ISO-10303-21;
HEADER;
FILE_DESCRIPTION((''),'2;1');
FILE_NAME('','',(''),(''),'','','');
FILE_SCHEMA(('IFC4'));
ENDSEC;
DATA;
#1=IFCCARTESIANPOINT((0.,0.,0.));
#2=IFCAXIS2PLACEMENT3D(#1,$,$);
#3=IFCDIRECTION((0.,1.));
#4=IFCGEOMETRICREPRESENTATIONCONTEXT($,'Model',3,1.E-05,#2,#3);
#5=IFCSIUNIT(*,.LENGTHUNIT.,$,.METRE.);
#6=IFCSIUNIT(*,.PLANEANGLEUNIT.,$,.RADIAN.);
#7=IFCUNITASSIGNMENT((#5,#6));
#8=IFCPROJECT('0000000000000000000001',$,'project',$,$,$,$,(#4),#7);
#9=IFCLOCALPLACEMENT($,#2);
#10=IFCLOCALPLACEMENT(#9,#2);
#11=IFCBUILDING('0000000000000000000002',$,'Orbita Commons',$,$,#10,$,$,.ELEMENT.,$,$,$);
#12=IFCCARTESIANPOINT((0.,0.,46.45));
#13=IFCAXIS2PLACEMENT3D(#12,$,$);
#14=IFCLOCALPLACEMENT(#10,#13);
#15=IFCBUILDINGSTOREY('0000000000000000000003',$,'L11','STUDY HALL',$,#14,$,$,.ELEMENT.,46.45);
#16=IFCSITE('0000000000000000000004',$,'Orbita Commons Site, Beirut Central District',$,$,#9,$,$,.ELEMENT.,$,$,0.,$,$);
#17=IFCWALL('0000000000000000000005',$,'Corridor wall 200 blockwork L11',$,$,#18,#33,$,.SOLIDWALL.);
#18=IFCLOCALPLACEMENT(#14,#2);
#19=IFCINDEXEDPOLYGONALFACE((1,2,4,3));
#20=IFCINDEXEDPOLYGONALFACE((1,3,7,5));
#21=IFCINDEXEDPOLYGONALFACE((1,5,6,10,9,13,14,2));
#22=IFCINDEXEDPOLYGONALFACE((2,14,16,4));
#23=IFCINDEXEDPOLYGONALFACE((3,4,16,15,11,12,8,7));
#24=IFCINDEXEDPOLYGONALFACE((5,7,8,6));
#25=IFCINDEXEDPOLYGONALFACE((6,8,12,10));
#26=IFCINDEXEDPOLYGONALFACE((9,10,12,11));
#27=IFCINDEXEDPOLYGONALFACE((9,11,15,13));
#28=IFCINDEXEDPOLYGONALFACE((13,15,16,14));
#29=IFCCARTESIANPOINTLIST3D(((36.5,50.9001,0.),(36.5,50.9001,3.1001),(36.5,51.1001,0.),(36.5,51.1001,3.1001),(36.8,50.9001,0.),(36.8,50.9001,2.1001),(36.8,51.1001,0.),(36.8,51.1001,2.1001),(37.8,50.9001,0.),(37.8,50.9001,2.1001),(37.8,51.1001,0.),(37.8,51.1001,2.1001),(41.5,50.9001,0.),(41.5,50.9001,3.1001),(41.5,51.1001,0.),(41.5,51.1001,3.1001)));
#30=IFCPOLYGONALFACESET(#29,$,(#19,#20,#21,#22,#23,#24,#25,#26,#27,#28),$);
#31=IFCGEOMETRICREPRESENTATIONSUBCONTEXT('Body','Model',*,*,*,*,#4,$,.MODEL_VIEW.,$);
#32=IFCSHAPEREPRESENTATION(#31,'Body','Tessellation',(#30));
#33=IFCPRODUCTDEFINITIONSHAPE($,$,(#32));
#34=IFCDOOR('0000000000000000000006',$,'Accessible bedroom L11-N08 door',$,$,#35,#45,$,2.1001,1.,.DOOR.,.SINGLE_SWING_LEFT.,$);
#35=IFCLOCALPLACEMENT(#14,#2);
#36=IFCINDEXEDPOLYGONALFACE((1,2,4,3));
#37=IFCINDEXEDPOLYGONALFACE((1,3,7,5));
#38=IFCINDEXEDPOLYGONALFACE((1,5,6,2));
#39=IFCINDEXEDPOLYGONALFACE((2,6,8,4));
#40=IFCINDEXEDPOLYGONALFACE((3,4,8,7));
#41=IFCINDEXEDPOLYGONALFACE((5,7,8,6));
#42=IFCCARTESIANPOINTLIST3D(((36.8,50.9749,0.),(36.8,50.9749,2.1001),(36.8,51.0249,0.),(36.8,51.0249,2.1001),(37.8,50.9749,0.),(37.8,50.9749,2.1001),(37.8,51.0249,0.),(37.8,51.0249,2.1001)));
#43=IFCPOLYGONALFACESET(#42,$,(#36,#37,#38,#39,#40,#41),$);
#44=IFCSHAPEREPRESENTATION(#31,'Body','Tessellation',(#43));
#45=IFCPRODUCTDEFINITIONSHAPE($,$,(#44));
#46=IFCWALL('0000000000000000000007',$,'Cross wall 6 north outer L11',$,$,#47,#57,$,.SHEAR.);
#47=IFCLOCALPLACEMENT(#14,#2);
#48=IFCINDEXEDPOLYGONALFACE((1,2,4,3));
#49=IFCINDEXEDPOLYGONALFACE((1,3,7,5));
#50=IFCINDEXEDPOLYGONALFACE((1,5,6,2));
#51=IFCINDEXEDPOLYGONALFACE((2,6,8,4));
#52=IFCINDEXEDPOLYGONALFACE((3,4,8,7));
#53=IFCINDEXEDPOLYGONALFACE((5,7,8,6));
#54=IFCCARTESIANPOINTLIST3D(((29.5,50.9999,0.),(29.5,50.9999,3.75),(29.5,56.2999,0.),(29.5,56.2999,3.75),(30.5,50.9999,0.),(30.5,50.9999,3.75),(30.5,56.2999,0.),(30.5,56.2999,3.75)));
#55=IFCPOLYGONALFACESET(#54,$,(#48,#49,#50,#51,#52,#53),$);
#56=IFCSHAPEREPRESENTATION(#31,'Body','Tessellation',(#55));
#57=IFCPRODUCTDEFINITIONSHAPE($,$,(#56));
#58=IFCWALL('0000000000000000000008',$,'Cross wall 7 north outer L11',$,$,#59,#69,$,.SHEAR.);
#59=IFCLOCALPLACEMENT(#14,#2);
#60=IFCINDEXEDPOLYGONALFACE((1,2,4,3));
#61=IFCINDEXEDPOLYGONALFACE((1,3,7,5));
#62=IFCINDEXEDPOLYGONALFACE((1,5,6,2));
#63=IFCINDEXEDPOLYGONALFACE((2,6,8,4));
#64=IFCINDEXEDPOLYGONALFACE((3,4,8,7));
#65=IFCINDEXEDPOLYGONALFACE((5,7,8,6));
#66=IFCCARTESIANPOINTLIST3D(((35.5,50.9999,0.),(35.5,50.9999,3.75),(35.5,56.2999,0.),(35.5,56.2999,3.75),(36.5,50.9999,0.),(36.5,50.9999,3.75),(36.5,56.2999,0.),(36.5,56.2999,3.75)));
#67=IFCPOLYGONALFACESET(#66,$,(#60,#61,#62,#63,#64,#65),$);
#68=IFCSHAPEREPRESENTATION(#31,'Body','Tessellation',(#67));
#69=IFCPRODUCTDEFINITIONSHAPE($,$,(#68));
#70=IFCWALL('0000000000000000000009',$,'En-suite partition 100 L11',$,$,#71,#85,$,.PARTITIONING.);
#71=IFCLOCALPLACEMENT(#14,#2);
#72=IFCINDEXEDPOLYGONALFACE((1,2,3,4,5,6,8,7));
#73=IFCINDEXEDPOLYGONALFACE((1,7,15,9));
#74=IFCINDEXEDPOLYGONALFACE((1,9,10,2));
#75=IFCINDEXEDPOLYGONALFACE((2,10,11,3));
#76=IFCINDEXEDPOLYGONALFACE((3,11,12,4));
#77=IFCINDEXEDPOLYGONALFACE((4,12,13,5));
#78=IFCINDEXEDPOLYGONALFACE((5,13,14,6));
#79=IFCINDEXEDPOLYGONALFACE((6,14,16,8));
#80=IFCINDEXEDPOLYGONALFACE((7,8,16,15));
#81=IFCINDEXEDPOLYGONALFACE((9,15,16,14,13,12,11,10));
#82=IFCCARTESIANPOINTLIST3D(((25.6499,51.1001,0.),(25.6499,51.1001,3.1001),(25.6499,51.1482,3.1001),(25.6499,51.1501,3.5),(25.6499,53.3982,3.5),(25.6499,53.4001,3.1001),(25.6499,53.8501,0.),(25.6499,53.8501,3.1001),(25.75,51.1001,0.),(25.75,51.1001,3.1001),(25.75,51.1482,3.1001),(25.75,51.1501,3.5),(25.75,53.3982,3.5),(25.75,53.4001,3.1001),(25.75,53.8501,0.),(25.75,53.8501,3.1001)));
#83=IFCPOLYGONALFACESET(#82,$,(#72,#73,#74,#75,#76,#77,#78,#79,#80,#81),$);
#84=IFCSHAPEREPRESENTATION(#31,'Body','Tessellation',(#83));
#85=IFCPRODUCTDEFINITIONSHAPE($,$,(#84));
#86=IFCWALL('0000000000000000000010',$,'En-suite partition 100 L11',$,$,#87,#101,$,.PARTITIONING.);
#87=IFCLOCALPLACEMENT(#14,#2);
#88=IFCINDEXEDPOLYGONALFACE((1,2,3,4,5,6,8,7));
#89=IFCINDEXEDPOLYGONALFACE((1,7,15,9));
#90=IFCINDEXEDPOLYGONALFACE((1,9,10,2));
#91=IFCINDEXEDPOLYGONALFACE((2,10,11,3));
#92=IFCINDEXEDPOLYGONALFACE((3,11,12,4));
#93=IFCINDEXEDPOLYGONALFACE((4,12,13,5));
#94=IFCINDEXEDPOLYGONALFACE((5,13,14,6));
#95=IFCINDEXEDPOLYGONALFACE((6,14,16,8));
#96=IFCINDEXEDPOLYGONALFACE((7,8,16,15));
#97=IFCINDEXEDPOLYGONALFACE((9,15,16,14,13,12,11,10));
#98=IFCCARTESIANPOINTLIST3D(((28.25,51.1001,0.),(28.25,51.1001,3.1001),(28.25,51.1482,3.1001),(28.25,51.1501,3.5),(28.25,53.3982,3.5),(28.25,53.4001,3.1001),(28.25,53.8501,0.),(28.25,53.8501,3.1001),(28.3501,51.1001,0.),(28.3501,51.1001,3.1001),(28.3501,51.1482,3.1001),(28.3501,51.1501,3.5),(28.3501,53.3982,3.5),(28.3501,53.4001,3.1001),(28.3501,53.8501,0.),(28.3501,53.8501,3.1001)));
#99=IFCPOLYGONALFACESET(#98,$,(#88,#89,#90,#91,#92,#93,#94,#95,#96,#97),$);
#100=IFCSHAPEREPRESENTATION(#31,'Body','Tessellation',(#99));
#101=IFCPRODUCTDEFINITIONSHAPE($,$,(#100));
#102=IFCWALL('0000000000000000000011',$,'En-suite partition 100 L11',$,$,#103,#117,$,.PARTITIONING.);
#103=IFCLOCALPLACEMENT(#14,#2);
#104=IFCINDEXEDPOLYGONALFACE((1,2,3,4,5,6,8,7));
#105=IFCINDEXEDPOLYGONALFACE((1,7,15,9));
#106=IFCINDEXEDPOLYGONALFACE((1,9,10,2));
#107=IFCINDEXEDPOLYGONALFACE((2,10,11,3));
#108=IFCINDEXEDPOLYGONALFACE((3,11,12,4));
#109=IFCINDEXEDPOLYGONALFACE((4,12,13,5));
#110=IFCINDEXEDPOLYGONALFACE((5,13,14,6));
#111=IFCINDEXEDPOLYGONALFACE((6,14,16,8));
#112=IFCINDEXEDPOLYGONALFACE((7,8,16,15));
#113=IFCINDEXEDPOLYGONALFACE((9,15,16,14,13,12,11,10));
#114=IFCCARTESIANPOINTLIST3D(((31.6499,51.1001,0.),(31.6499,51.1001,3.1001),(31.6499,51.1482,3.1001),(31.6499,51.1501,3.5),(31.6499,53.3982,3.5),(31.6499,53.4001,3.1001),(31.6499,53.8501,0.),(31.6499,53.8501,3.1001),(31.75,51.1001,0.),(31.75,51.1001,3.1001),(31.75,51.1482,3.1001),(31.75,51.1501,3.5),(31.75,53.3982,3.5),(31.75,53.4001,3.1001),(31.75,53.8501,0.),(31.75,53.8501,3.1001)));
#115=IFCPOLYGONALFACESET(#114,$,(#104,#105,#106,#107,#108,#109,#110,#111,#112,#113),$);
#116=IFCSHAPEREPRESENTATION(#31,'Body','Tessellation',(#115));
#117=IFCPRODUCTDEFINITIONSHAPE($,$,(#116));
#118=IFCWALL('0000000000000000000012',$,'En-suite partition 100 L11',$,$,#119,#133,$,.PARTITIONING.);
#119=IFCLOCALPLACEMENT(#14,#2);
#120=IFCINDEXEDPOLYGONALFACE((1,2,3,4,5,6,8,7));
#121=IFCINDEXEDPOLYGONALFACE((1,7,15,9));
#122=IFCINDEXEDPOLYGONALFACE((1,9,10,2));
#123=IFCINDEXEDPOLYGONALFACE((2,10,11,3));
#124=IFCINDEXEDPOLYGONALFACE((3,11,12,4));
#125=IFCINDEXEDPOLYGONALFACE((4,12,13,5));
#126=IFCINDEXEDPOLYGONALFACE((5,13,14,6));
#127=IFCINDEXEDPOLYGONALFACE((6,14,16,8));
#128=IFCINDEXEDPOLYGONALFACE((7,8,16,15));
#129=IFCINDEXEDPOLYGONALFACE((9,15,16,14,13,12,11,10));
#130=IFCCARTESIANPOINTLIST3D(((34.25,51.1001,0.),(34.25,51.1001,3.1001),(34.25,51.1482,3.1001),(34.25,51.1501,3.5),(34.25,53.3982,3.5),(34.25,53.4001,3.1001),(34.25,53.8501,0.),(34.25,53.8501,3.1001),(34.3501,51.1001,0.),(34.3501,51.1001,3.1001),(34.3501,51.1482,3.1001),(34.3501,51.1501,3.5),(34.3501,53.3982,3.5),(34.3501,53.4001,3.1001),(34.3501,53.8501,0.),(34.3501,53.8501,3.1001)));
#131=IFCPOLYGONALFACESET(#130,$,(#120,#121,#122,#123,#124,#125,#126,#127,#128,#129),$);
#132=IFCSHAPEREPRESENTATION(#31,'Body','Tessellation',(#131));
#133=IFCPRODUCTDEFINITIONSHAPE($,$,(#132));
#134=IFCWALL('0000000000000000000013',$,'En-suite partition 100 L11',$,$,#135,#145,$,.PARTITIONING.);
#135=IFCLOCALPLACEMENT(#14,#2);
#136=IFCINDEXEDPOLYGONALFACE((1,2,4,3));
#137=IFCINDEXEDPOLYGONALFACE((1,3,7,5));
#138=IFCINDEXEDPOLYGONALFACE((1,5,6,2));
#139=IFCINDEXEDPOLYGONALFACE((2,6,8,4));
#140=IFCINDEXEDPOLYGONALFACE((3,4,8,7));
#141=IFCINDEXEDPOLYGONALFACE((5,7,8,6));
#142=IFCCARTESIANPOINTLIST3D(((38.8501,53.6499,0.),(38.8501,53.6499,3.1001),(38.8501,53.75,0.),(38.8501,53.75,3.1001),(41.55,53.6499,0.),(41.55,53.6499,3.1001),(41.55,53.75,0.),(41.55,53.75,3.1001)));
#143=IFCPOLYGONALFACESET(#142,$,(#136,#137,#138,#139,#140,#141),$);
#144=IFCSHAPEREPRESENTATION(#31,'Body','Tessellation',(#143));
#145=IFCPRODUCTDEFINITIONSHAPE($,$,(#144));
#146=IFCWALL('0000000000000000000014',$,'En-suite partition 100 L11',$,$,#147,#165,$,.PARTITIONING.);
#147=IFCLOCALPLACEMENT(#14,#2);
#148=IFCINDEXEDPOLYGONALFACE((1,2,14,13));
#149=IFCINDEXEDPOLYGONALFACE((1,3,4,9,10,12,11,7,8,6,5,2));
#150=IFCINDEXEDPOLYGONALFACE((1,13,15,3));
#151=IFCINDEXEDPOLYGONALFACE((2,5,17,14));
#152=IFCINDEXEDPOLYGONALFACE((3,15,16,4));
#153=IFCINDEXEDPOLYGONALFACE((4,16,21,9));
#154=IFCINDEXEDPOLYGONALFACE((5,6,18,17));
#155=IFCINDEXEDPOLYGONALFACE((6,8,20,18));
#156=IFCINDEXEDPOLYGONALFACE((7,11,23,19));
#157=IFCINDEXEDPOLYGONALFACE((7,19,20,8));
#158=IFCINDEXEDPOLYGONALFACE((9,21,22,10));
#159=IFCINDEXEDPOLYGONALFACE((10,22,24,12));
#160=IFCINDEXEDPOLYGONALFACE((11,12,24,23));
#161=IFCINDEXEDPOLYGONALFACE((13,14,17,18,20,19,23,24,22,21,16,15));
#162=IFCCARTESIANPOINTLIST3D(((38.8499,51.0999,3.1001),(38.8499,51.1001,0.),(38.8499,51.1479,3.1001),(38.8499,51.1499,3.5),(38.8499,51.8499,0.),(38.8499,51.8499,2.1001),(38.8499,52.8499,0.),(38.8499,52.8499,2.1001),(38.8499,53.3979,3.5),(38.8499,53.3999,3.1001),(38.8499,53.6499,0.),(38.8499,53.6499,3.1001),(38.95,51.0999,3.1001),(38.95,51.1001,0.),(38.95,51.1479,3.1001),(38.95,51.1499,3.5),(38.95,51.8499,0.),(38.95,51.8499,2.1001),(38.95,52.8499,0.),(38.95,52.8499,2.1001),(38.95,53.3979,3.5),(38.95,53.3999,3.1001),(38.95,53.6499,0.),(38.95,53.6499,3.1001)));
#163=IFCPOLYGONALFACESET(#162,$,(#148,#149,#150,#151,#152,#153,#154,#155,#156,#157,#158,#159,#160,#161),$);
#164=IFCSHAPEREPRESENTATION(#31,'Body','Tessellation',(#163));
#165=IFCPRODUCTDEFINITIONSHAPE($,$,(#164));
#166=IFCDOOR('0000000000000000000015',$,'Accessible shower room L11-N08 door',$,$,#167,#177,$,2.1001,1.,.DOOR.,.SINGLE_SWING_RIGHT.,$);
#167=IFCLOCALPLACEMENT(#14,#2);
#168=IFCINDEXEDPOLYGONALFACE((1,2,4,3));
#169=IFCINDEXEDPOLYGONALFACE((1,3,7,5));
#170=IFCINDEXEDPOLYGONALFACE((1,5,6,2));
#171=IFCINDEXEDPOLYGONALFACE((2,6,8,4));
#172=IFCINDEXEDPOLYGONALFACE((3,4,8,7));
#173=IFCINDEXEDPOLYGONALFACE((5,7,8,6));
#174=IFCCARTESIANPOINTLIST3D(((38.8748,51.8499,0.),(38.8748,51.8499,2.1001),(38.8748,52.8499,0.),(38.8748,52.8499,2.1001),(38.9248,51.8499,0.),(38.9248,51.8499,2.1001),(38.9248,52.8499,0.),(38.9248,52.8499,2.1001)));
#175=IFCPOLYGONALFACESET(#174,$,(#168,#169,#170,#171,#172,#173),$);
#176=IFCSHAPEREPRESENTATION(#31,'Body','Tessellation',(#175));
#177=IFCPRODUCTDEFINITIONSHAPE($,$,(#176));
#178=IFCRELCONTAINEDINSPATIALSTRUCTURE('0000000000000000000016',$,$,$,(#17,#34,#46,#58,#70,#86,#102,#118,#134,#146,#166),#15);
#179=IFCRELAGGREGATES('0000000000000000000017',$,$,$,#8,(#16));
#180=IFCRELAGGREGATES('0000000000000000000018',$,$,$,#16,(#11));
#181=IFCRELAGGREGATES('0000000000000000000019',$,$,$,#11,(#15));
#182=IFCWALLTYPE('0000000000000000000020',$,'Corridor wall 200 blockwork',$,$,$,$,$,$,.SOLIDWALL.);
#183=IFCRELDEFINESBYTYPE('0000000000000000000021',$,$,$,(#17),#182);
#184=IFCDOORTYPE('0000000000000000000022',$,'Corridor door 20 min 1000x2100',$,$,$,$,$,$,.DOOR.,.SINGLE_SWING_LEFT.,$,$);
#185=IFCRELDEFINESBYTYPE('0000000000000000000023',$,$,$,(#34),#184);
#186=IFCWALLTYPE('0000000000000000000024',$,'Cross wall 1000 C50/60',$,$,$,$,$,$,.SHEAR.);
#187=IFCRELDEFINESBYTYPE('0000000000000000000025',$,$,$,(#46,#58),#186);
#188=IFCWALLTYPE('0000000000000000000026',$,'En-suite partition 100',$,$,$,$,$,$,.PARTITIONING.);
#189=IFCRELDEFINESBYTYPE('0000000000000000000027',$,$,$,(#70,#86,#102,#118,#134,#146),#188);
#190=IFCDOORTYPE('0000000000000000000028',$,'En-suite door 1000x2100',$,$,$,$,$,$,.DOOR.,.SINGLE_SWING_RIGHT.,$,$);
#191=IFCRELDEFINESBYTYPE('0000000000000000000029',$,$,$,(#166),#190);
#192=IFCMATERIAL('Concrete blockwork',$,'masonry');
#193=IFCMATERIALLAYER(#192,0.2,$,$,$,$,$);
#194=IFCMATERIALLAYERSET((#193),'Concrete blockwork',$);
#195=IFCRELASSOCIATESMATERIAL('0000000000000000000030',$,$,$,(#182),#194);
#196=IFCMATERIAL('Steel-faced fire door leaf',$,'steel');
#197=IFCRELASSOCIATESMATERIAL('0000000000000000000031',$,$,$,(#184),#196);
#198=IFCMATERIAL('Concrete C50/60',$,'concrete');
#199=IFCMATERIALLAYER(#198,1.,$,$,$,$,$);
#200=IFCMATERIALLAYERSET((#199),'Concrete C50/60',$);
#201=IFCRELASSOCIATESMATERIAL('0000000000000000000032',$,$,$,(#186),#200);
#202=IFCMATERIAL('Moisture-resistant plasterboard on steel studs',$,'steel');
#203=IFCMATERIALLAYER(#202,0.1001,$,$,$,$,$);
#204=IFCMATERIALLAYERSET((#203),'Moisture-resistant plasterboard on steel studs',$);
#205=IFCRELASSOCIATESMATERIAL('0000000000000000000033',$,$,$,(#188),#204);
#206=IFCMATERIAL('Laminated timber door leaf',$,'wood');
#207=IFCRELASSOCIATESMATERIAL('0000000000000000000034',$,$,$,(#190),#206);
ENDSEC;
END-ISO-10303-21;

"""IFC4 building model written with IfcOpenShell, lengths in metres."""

from ifc_helpers import new_model, si_unit, direction, frame, frame_2d, origin, place, context, subcontext, project, spatial, polyline, rectangle, outline, extrude, material, layer, layer_set, type_object, element, fill, save


model = new_model("IFC4")

# Units and contexts
model_context = context("Model", 3, precision=1e-05, world=origin(), true_north=direction((0.0, 1.0)))
body_context = subcontext(model_context, "Body", "Model", "MODEL_VIEW")
ifc_project = project(units=[si_unit("LENGTHUNIT", "METRE"), si_unit("PLANEANGLEUNIT", "RADIAN")], contexts=[model_context])

# Site, building, storey
site_placement = place(None, origin())
site = spatial("IfcSite", under=ifc_project, at=site_placement, Name="Orbita Commons Site, Beirut Central District", CompositionType="ELEMENT", RefElevation=0.0)
building_placement = place(site_placement, origin())
building = spatial("IfcBuilding", under=site, at=building_placement, Name="Orbita Commons", CompositionType="ELEMENT")
storey_placement = place(building_placement, frame((0.0, 0.0, 46.45)))
storey = spatial("IfcBuildingStorey", under=building, at=storey_placement, Name="L11", Description="STUDY HALL", CompositionType="ELEMENT", Elevation=46.45)

# Shared definitions
ifc_material_1 = material(Name="Concrete blockwork", Category="masonry")
ifc_layer_1 = layer(ifc_material_1, 0.2)
ifc_layer_set_1 = layer_set([ifc_layer_1], Name="Concrete blockwork")
wall_type_1 = type_object("IfcWallType", Name="Corridor wall 200 blockwork", PredefinedType="SOLIDWALL", material=ifc_layer_set_1)

# Wall, opening, door
wall_1_placement = place(storey_placement, frame((36.5, 51.0, 0.0), z_axis=(0.0, 0.0, 1.0), x_axis=(1.0, 0.0, 0.0)))
wall_1 = element("IfcWall", 1, at=wall_1_placement, inside=storey, type_object=wall_type_1, Name="Corridor wall 200 blockwork L11", PredefinedType="SOLIDWALL", context=body_context, shape_type="SweptSolid", body=[
    extrude(outline(polyline([(0.0, 0.0), (5.0, 0.0), (5.0, 3.1001), (0.0, 3.1001), (0.0, 0.0)])), frame((0.0, 0.1001, 0.0), z_axis=(0.0, -1.0, 0.0), x_axis=(1.0, 0.0, 0.0)), (0.0, 0.0, 1.0), 0.2),
])
opening_1_placement = place(wall_1_placement, frame((0.3, 0.0, 0.0)))
opening_1 = element("IfcOpeningElement", 2, at=opening_1_placement, cuts=wall_1, PredefinedType="OPENING", context=body_context, shape_type="SweptSolid", body=[
    extrude(rectangle(XDim=1.0, YDim=2.1001, at=frame_2d((0.5, 1.05))), frame((0.0, 0.1099, 0.0), z_axis=(0.0, -1.0, 0.0), x_axis=(1.0, 0.0, 0.0)), (0.0, 0.0, 1.0), 0.22),
])
ifc_material_2 = material(Name="Steel-faced fire door leaf", Category="steel")
door_type_1 = type_object("IfcDoorType", Name="Corridor door 20 min 1000x2100", OperationType="SINGLE_SWING_LEFT", PredefinedType="DOOR", material=ifc_material_2)
door_1_placement = place(opening_1_placement, origin())
door_1 = element("IfcDoor", 3, at=door_1_placement, inside=storey, type_object=door_type_1, Name="Accessible bedroom L11-N08 door", OperationType="SINGLE_SWING_LEFT", OverallHeight=2.1001, OverallWidth=1.0, PredefinedType="DOOR", context=body_context, shape_type="SweptSolid", body=[
    extrude(rectangle(XDim=1.0, YDim=2.1001, at=frame_2d((0.5, 1.05))), frame((0.0, 0.0249, 0.0), z_axis=(0.0, -1.0, 0.0), x_axis=(1.0, 0.0, 0.0)), (0.0, 0.0, 1.0), 0.05),
])
fill(opening_1, door_1)

# Walls
ifc_material_3 = material(Name="Concrete C50/60", Category="concrete")
ifc_layer_2 = layer(ifc_material_3, 1.0)
ifc_layer_set_2 = layer_set([ifc_layer_2], Name="Concrete C50/60")
wall_type_2 = type_object("IfcWallType", Name="Cross wall 1000 C50/60", PredefinedType="SHEAR", material=ifc_layer_set_2)
for number, where, z_axis, x_axis, name in (
    (4, (30.0, 51.0, 0.0), (0.0, 0.0, 1.0), (0.0, 1.0, 0.0), "Cross wall 6 north outer L11"),
    (5, (36.0, 51.0, 0.0), (0.0, 0.0, 1.0), (0.0, 1.0, 0.0), "Cross wall 7 north outer L11"),
):
    element("IfcWall", number, at=place(storey_placement, frame(where, z_axis=z_axis, x_axis=x_axis)), inside=storey, type_object=wall_type_2, Name=name, PredefinedType="SHEAR", context=body_context, shape_type="SweptSolid", body=[
        extrude(rectangle(XDim=5.3, YDim=1.0, at=frame_2d((2.6499, 0.0))), origin(), (0.0, 0.0, 1.0), 3.75),
    ])
ifc_material_4 = material(Name="Moisture-resistant plasterboard on steel studs", Category="steel")
ifc_layer_3 = layer(ifc_material_4, 0.1001)
ifc_layer_set_3 = layer_set([ifc_layer_3], Name="Moisture-resistant plasterboard on steel studs")
wall_type_3 = type_object("IfcWallType", Name="En-suite partition 100", PredefinedType="PARTITIONING", material=ifc_layer_set_3)
for number, where, z_axis, x_axis, name in (
    (6, (25.7, 53.8501, 0.0), (0.0, 0.0, 1.0), (0.0, -1.0, 0.0), "En-suite partition 100 L11"),
    (7, (28.3, 53.8501, 0.0), (0.0, 0.0, 1.0), (0.0, -1.0, 0.0), "En-suite partition 100 L11"),
    (8, (31.7, 53.8501, 0.0), (0.0, 0.0, 1.0), (0.0, -1.0, 0.0), "En-suite partition 100 L11"),
    (9, (34.3, 53.8501, 0.0), (0.0, 0.0, 1.0), (0.0, -1.0, 0.0), "En-suite partition 100 L11"),
):
    element("IfcWall", number, at=place(storey_placement, frame(where, z_axis=z_axis, x_axis=x_axis)), inside=storey, type_object=wall_type_3, Name=name, PredefinedType="PARTITIONING", context=body_context, shape_type="SweptSolid", body=[
        extrude(outline(polyline([(0.0, 0.0), (2.75, 0.0), (2.75, 3.1001), (2.7019, 3.1001), (2.7, 3.5), (0.4519, 3.5), (0.45, 3.1001), (0.0, 3.1001), (0.0, 0.0)])), frame((0.0, 0.05, 0.0), z_axis=(0.0, -1.0, 0.0), x_axis=(1.0, 0.0, 0.0)), (0.0, 0.0, 1.0), 0.1001),
    ])
wall_2_placement = place(storey_placement, frame((38.8501, 53.7, 0.0), z_axis=(0.0, 0.0, 1.0), x_axis=(1.0, 0.0, 0.0)))
element("IfcWall", 10, at=wall_2_placement, inside=storey, type_object=wall_type_3, Name="En-suite partition 100 L11", PredefinedType="PARTITIONING", context=body_context, shape_type="SweptSolid", body=[
    extrude(outline(polyline([(0.0, 0.0), (2.7, 0.0), (2.7, 3.1001), (0.0, 3.1001), (0.0, 0.0)])), frame((0.0, 0.05, 0.0), z_axis=(0.0, -1.0, 0.0), x_axis=(1.0, 0.0, 0.0)), (0.0, 0.0, 1.0), 0.1001),
])

# Wall, opening, door
wall_3_placement = place(storey_placement, frame((38.8999, 53.6499, 0.0), z_axis=(0.0, 0.0, 1.0), x_axis=(0.0, -1.0, 0.0)))
wall_3 = element("IfcWall", 11, at=wall_3_placement, inside=storey, type_object=wall_type_3, Name="En-suite partition 100 L11", PredefinedType="PARTITIONING", context=body_context, shape_type="SweptSolid", body=[
    extrude(outline(polyline([(0.0, 0.0), (2.5498, 0.0), (2.55, 3.1001), (2.502, 3.1001), (2.5, 3.5), (0.252, 3.5), (0.25, 3.1001), (0.0, 3.1001), (0.0, 0.0)])), frame((0.0, 0.05, 0.0), z_axis=(0.0, -1.0, 0.0), x_axis=(1.0, 0.0, 0.0)), (0.0, 0.0, 1.0), 0.1001),
])
opening_2_placement = place(wall_3_placement, frame((0.8, 0.0, 0.0)))
opening_2 = element("IfcOpeningElement", 12, at=opening_2_placement, cuts=wall_3, PredefinedType="OPENING", context=body_context, shape_type="SweptSolid", body=[
    extrude(rectangle(XDim=1.0, YDim=2.1001, at=frame_2d((0.5, 1.05))), frame((0.0, 0.0601, 0.0), z_axis=(0.0, -1.0, 0.0), x_axis=(1.0, 0.0, 0.0)), (0.0, 0.0, 1.0), 0.1201),
])
ifc_material_5 = material(Name="Laminated timber door leaf", Category="wood")
door_type_2 = type_object("IfcDoorType", Name="En-suite door 1000x2100", OperationType="SINGLE_SWING_RIGHT", PredefinedType="DOOR", material=ifc_material_5)
door_2_placement = place(opening_2_placement, origin())
door_2 = element("IfcDoor", 13, at=door_2_placement, inside=storey, type_object=door_type_2, Name="Accessible shower room L11-N08 door", OperationType="SINGLE_SWING_RIGHT", OverallHeight=2.1001, OverallWidth=1.0, PredefinedType="DOOR", context=body_context, shape_type="SweptSolid", body=[
    extrude(rectangle(XDim=1.0, YDim=2.1001, at=frame_2d((0.5, 1.05))), frame((0.0, 0.0249, 0.0), z_axis=(0.0, -1.0, 0.0), x_axis=(1.0, 0.0, 0.0)), (0.0, 0.0, 1.0), 0.05),
])
fill(opening_2, door_2)

save(model, "model.ifc")
